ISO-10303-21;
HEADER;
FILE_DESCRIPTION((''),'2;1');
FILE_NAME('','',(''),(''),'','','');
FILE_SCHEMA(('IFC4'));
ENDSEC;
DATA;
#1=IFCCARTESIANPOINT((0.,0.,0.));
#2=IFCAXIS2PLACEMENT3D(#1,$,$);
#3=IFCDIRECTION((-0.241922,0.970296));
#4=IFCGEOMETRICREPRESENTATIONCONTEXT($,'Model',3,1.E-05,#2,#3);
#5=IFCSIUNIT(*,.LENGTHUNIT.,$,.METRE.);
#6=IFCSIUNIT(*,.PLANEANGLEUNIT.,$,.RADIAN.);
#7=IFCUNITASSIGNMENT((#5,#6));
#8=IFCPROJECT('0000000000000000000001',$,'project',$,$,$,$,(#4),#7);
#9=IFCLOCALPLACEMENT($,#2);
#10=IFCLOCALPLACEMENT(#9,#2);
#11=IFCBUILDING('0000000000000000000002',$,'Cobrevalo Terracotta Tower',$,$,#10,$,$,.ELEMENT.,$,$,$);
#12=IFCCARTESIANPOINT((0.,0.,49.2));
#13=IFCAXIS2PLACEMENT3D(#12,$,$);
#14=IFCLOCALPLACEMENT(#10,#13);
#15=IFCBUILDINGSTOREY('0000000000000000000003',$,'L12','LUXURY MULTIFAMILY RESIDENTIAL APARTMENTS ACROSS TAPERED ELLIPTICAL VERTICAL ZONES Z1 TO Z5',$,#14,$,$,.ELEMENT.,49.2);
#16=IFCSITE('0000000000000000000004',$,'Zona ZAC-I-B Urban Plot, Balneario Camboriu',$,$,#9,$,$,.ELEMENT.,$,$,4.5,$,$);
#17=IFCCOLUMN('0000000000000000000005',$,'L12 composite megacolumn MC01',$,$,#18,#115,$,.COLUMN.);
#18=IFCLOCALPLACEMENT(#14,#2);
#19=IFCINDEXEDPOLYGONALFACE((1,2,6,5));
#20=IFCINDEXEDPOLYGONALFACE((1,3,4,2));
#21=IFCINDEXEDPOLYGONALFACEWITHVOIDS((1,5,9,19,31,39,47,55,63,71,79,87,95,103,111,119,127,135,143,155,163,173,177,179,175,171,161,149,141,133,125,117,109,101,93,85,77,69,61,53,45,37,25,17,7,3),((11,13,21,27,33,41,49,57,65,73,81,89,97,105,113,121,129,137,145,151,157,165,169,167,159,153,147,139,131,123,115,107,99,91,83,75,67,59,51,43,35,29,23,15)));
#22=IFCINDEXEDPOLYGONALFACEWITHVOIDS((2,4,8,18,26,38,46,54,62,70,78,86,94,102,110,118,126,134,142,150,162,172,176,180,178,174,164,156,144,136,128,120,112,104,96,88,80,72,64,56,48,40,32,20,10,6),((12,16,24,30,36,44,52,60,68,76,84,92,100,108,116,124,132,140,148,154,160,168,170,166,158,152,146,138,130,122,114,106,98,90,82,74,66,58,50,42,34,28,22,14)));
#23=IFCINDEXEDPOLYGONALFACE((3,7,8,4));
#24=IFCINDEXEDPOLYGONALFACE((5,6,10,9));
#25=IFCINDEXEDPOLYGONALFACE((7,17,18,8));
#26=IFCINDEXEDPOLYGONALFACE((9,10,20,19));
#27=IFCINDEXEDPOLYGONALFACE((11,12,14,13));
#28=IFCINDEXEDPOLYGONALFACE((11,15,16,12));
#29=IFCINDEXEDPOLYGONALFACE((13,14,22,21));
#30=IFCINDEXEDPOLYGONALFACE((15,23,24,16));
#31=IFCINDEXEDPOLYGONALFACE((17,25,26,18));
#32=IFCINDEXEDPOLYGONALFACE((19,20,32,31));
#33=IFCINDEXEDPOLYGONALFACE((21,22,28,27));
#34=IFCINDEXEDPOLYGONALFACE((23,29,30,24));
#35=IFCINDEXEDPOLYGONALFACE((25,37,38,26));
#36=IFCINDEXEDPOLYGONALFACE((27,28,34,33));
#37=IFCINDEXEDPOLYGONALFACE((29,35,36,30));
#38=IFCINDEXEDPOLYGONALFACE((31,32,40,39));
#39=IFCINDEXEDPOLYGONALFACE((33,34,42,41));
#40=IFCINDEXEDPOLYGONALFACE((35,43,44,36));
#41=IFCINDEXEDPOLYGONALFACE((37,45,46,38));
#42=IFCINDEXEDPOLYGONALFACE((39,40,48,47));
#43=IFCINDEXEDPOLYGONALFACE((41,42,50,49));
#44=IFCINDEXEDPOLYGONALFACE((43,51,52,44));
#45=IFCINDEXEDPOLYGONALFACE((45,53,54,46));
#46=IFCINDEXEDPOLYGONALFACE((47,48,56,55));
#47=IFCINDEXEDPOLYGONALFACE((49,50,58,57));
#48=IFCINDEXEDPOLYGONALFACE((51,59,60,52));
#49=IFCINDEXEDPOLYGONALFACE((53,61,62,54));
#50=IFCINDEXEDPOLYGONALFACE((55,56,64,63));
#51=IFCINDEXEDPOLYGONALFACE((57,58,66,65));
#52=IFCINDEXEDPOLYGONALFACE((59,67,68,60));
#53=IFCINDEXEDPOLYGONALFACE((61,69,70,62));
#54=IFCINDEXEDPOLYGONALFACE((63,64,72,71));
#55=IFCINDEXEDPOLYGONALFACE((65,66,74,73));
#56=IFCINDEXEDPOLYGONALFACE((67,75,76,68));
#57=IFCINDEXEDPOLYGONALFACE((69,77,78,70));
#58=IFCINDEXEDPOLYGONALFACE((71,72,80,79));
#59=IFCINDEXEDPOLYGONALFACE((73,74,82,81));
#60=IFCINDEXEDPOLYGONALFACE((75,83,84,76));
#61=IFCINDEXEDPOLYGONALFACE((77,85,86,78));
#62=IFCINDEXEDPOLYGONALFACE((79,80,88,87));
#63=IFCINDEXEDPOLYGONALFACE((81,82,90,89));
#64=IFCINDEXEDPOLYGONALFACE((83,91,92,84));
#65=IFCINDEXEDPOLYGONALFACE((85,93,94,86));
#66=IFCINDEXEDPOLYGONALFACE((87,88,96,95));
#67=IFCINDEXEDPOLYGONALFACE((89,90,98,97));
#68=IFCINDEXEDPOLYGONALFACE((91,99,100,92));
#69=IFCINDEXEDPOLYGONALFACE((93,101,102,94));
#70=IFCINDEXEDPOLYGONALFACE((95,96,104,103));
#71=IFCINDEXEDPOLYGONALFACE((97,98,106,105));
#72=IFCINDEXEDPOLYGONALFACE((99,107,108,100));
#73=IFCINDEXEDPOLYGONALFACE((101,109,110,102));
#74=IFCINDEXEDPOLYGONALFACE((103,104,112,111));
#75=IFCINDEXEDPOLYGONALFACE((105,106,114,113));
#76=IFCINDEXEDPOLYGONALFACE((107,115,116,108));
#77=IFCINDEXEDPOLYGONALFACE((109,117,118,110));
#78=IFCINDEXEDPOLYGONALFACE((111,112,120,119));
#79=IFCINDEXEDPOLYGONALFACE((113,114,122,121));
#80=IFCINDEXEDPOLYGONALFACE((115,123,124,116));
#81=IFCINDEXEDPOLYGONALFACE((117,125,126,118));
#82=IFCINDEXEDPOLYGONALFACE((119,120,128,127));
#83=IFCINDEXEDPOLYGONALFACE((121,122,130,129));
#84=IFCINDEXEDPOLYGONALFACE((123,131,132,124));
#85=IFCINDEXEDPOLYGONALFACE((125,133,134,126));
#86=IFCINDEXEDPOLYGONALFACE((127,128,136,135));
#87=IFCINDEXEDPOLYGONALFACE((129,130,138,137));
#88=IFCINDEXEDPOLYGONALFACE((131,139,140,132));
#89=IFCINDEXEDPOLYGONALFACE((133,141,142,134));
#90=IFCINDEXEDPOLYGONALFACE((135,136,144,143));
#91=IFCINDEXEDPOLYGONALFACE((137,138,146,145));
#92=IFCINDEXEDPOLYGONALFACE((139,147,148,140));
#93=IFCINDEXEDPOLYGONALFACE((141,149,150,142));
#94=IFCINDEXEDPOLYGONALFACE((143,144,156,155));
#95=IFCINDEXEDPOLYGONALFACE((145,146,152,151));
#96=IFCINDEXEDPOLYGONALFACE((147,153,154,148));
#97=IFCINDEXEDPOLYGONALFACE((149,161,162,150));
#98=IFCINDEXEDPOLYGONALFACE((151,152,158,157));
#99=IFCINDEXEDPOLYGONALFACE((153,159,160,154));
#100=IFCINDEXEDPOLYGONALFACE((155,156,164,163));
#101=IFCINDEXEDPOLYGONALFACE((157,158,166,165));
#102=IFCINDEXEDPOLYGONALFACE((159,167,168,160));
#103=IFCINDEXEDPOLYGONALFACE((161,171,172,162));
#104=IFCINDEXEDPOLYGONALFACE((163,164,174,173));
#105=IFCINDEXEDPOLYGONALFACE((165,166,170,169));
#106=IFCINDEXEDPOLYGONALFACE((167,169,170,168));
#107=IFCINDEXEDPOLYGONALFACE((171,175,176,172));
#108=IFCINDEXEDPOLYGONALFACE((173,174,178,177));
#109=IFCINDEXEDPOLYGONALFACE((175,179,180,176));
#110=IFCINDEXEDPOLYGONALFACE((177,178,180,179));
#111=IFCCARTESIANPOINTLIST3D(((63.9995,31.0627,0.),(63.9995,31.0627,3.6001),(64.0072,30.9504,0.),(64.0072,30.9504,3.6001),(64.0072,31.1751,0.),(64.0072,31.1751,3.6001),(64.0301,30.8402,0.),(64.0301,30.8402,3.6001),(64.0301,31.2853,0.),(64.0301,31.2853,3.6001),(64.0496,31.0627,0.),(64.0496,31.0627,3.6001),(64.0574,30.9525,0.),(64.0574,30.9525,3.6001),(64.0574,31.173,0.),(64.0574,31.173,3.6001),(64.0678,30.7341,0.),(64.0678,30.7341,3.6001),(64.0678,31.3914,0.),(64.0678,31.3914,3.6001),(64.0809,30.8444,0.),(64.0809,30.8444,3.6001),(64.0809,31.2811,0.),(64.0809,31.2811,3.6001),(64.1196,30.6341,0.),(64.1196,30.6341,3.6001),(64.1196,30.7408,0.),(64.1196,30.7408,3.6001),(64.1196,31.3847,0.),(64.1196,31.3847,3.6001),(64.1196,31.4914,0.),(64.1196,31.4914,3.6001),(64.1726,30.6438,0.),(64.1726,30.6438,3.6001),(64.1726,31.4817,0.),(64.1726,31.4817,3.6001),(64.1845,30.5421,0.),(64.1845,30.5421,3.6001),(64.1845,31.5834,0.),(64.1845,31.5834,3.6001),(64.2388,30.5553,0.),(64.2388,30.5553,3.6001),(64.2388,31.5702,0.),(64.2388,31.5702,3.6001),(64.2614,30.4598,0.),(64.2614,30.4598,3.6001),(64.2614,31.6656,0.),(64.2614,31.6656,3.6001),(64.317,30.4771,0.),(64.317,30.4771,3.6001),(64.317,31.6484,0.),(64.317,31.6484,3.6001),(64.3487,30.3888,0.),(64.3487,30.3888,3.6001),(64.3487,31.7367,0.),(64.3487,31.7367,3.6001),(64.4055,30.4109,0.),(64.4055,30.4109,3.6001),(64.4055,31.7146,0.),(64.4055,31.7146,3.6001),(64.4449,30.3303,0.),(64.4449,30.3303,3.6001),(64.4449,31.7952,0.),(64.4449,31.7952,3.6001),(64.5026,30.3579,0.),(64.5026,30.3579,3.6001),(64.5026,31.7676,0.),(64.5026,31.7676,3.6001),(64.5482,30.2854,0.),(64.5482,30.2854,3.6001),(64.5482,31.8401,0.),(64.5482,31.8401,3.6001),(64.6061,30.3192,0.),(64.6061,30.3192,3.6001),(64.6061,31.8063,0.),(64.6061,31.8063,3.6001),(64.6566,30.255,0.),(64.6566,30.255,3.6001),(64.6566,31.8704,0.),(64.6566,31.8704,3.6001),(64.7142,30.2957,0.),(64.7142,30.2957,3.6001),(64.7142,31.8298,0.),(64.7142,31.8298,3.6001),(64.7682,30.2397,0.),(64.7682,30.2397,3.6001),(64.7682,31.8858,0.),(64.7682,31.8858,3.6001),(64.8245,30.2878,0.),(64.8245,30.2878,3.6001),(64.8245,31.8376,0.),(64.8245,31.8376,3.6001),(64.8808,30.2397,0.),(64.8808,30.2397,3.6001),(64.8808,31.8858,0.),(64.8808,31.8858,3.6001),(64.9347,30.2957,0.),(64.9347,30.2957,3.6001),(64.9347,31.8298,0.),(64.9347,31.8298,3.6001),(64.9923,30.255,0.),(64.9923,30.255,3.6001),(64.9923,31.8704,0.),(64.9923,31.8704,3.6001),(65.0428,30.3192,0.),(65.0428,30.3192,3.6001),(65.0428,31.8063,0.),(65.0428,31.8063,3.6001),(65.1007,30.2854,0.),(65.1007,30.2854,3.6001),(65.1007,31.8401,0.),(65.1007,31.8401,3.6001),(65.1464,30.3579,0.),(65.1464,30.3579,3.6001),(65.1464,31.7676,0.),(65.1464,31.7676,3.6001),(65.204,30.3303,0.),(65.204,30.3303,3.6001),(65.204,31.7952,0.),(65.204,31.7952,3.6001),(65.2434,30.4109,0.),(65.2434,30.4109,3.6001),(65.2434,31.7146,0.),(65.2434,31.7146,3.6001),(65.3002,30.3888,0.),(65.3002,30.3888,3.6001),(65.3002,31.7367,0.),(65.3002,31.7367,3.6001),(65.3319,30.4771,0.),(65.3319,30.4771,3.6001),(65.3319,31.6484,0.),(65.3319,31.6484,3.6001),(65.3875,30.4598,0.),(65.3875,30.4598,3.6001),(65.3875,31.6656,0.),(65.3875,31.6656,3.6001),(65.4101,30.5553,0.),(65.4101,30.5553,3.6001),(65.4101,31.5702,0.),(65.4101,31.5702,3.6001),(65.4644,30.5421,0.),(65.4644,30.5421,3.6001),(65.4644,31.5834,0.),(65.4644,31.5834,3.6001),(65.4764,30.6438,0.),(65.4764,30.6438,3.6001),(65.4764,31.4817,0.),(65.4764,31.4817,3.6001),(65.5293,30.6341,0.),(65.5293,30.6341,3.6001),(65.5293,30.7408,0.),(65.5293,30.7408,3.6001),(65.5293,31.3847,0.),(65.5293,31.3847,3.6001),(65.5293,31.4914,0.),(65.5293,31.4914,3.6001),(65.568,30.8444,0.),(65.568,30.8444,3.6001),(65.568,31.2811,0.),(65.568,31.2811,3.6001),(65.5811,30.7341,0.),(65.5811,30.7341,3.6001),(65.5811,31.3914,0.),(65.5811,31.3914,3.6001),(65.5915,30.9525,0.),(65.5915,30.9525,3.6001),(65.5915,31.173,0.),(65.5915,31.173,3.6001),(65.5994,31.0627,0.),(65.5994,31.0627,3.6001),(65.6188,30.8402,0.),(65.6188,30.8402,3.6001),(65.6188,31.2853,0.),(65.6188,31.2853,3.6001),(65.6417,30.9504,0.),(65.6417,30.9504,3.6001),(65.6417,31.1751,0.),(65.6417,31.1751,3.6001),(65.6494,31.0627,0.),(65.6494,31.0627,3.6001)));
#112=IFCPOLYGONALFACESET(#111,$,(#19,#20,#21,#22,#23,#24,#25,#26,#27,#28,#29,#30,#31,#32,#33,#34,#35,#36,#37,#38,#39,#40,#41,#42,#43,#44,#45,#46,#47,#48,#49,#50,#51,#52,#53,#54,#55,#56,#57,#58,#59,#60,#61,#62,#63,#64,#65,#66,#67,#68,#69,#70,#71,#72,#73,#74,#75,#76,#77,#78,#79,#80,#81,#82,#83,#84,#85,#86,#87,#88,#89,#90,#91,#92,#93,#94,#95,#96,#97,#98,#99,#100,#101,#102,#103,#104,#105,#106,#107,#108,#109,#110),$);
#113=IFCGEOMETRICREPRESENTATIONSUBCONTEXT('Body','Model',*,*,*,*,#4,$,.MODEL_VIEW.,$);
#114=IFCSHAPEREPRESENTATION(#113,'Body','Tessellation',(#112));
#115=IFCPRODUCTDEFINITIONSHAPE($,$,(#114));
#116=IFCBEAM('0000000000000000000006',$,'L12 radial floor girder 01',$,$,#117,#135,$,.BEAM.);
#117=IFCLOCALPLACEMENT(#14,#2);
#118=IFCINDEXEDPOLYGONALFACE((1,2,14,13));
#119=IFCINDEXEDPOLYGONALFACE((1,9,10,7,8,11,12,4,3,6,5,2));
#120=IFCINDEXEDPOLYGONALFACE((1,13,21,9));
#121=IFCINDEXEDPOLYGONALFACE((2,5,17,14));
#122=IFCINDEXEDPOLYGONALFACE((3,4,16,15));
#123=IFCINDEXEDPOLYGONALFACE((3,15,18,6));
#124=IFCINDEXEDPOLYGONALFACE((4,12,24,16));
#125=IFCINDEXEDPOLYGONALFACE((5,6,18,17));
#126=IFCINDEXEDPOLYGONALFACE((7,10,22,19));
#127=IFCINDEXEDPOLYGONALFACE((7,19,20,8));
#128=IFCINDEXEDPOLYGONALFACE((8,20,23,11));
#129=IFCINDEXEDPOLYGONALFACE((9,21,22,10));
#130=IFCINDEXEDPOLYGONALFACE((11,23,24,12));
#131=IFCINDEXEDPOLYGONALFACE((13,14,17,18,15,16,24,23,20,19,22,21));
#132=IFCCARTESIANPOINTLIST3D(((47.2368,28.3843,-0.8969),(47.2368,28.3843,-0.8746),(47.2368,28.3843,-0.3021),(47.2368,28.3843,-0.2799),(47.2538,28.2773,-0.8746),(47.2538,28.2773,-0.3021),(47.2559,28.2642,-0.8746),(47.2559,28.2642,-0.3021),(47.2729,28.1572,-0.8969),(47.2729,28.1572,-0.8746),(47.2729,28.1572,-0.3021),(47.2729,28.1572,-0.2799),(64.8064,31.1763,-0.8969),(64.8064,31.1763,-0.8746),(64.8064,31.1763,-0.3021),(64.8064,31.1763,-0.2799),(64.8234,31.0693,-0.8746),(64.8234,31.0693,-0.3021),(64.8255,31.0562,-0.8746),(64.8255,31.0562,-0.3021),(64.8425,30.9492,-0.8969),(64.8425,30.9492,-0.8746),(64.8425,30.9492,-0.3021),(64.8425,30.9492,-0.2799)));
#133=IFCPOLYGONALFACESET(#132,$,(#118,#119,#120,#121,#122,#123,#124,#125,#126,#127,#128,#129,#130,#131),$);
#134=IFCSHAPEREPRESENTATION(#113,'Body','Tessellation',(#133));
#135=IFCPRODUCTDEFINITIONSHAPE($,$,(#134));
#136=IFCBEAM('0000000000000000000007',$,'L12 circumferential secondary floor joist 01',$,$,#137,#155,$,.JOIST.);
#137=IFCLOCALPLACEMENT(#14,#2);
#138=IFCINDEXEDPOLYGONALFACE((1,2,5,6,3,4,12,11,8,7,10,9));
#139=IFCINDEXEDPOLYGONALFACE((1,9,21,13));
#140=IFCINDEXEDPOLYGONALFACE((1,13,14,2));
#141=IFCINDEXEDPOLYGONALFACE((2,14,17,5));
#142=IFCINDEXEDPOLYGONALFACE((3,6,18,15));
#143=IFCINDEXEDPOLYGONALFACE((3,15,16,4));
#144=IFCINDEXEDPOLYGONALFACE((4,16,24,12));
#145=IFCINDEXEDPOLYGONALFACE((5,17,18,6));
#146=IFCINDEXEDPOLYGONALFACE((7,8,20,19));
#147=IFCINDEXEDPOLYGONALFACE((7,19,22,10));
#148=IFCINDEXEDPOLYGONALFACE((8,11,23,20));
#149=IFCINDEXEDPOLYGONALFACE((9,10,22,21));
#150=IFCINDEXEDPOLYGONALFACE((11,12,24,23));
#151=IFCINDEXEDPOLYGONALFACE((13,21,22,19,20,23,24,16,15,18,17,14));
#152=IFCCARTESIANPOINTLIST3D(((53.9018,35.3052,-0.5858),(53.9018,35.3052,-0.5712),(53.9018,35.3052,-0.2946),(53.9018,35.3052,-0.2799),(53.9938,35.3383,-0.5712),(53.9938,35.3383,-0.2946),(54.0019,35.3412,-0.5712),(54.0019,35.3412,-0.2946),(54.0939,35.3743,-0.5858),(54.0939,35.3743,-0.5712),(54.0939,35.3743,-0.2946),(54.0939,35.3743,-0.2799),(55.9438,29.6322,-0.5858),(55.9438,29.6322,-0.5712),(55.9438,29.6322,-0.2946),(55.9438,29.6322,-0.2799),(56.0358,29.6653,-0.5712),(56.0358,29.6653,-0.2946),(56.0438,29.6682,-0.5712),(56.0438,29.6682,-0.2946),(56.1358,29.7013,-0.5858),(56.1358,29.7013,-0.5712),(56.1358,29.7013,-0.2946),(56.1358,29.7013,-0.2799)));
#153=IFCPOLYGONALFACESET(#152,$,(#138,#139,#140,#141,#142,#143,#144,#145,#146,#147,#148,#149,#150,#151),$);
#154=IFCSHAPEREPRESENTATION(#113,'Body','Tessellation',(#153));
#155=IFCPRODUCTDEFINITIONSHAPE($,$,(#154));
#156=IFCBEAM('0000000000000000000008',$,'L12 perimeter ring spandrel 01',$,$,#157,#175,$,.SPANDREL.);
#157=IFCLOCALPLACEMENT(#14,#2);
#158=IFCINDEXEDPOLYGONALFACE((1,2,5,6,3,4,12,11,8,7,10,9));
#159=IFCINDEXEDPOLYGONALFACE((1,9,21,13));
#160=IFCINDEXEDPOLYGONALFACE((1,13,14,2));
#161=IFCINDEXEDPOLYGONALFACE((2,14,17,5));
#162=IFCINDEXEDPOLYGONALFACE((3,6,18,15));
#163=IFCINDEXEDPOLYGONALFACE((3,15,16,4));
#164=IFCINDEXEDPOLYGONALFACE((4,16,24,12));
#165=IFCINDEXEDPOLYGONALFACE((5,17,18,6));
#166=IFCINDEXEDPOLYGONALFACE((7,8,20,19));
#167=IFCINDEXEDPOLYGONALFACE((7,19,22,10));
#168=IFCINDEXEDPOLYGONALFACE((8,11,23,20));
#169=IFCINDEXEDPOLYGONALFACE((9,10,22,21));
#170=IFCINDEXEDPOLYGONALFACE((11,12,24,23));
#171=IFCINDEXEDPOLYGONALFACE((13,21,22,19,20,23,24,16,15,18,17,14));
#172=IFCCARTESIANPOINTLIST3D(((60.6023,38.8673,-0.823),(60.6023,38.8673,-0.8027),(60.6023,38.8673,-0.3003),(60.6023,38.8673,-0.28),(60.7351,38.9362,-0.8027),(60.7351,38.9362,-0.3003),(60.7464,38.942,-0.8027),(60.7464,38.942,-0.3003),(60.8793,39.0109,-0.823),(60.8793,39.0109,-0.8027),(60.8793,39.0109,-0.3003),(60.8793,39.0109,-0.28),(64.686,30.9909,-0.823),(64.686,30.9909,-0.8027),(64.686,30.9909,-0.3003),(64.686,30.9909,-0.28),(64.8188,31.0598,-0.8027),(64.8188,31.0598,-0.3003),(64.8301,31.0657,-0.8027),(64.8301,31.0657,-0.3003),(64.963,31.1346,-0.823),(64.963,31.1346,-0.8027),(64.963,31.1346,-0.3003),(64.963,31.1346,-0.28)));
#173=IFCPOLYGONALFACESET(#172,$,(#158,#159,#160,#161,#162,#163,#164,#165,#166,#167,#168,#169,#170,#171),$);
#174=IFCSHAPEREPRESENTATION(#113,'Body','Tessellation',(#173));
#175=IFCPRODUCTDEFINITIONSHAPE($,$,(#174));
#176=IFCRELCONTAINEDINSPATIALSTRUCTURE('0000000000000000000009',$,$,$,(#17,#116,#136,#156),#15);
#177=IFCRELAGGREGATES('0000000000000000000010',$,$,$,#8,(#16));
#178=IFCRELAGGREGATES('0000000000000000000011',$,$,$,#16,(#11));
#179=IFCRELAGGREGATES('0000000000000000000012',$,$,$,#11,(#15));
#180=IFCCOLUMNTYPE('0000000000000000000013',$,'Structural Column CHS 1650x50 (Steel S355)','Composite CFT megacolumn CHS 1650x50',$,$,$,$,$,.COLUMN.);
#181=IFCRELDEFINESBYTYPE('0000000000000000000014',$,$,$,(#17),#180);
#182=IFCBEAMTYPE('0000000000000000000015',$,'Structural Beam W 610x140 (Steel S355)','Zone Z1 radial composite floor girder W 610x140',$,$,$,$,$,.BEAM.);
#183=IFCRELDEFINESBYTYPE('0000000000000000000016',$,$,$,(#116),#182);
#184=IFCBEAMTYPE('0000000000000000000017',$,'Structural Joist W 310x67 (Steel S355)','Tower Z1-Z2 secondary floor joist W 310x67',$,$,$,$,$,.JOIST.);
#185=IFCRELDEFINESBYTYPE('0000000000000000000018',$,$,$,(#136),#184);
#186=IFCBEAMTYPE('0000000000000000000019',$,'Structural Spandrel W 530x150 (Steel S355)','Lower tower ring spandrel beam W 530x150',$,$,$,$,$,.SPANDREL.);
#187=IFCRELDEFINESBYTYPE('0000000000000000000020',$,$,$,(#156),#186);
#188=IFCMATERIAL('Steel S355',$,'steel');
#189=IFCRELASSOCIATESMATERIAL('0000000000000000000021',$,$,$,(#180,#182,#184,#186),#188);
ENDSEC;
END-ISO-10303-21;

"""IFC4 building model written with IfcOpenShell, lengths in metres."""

from ifc_helpers import new_model, si_unit, direction, frame, origin, origin_2d, place, context, subcontext, project, spatial, hollow_circle, i_section, extrude, material, material_profile, profile_set, type_object, element, save


model = new_model("IFC4")

# Units and contexts
model_context = context("Model", 3, precision=1e-05, world=origin(), true_north=direction((-0.241922, 0.970296)))
body_context = subcontext(model_context, "Body", "Model", "MODEL_VIEW")
ifc_project = project(units=[si_unit("LENGTHUNIT", "METRE"), si_unit("PLANEANGLEUNIT", "RADIAN")], contexts=[model_context])

# Site, building, storey
site_placement = place(None, origin())
site = spatial("IfcSite", under=ifc_project, at=site_placement, Name="Zona ZAC-I-B Urban Plot, Balneario Camboriu", CompositionType="ELEMENT", RefElevation=4.5)
building_placement = place(site_placement, origin())
building = spatial("IfcBuilding", under=site, at=building_placement, Name="Cobrevalo Terracotta Tower", CompositionType="ELEMENT")
storey_placement = place(building_placement, frame((0.0, 0.0, 49.2)))
storey = spatial("IfcBuildingStorey", under=building, at=storey_placement, Name="L12", Description="LUXURY MULTIFAMILY RESIDENTIAL APARTMENTS ACROSS TAPERED ELLIPTICAL VERTICAL ZONES Z1 TO Z5", CompositionType="ELEMENT", Elevation=49.2)

# Column
ifc_material_1 = material(Name="Steel S355", Category="steel")
ifc_material_profile_1 = material_profile(ifc_material_1, hollow_circle(Radius=0.825, WallThickness=0.05, at=origin_2d()), Name="CHS 1650x50")
ifc_profile_set_1 = profile_set([ifc_material_profile_1], Name="Steel S355")
column_type = type_object("IfcColumnType", Name="Structural Column CHS 1650x50 (Steel S355)", Description="Composite CFT megacolumn CHS 1650x50", PredefinedType="COLUMN", material=ifc_profile_set_1)
column_placement = place(storey_placement, frame((64.8245, 31.0627, 0.0), z_axis=(0.0, 0.0, 1.0), x_axis=(1.0, 0.0, 0.0)))
element("IfcColumn", 1, at=column_placement, inside=storey, type_object=column_type, Name="L12 composite megacolumn MC01", PredefinedType="COLUMN", context=body_context, shape_type="SweptSolid", body=[
    extrude(hollow_circle(Radius=0.825, WallThickness=0.05, at=origin_2d()), origin(), (0.0, 0.0, 1.0), 3.6001),
])

# Beams
ifc_material_profile_2 = material_profile(ifc_material_1, i_section(OverallWidth=0.23, OverallDepth=0.6169, WebThickness=0.0132, FlangeThickness=0.0222, at=origin_2d()), Name="W 610x140")
ifc_profile_set_2 = profile_set([ifc_material_profile_2], Name="Steel S355")
beam_type_1 = type_object("IfcBeamType", Name="Structural Beam W 610x140 (Steel S355)", Description="Zone Z1 radial composite floor girder W 610x140", PredefinedType="BEAM", material=ifc_profile_set_2)
beam_1_placement = place(storey_placement, frame((64.8245, 31.0627, -0.5884), z_axis=(-0.987608, -0.156941, 0.0), x_axis=(0.156941, -0.987608, 0.0)))
element("IfcBeam", 2, at=beam_1_placement, inside=storey, type_object=beam_type_1, Name="L12 radial floor girder 01", PredefinedType="BEAM", context=body_context, shape_type="SweptSolid", body=[
    extrude(i_section(OverallWidth=0.23, OverallDepth=0.6169, WebThickness=0.0132, FlangeThickness=0.0222, at=origin_2d()), origin(), (0.0, 0.0, 1.0), 17.79),
])
ifc_material_profile_3 = material_profile(ifc_material_1, i_section(OverallWidth=0.2041, OverallDepth=0.3059, WebThickness=0.0085, FlangeThickness=0.0146, at=origin_2d()), Name="W 310x67")
ifc_profile_set_3 = profile_set([ifc_material_profile_3], Name="Steel S355")
beam_type_2 = type_object("IfcBeamType", Name="Structural Joist W 310x67 (Steel S355)", Description="Tower Z1-Z2 secondary floor joist W 310x67", PredefinedType="JOIST", material=ifc_profile_set_3)
beam_2_placement = place(storey_placement, frame((56.0398, 29.6667, -0.4329), z_axis=(-0.338672, 0.940904, 0.0), x_axis=(-0.940904, -0.338672, 0.0)))
element("IfcBeam", 3, at=beam_2_placement, inside=storey, type_object=beam_type_2, Name="L12 circumferential secondary floor joist 01", PredefinedType="JOIST", context=body_context, shape_type="SweptSolid", body=[
    extrude(i_section(OverallWidth=0.2041, OverallDepth=0.3059, WebThickness=0.0085, FlangeThickness=0.0146, at=origin_2d()), origin(), (0.0, 0.0, 1.0), 6.0293),
])
ifc_material_profile_4 = material_profile(ifc_material_1, i_section(OverallWidth=0.312, OverallDepth=0.543, WebThickness=0.0127, FlangeThickness=0.0203, at=origin_2d()), Name="W 530x150")
ifc_profile_set_4 = profile_set([ifc_material_profile_4], Name="Steel S355")
beam_type_3 = type_object("IfcBeamType", Name="Structural Spandrel W 530x150 (Steel S355)", Description="Lower tower ring spandrel beam W 530x150", PredefinedType="SPANDREL", material=ifc_profile_set_4)
beam_3_placement = place(storey_placement, frame((64.8245, 31.0627, -0.5515), z_axis=(-0.460286, 0.887771, 0.0), x_axis=(-0.887771, -0.460286, 0.0)))
element("IfcBeam", 4, at=beam_3_placement, inside=storey, type_object=beam_type_3, Name="L12 perimeter ring spandrel 01", PredefinedType="SPANDREL", context=body_context, shape_type="SweptSolid", body=[
    extrude(i_section(OverallWidth=0.312, OverallDepth=0.543, WebThickness=0.0127, FlangeThickness=0.0203, at=origin_2d()), origin(), (0.0, 0.0, 1.0), 8.8721),
])

save(model, "model.ifc")
